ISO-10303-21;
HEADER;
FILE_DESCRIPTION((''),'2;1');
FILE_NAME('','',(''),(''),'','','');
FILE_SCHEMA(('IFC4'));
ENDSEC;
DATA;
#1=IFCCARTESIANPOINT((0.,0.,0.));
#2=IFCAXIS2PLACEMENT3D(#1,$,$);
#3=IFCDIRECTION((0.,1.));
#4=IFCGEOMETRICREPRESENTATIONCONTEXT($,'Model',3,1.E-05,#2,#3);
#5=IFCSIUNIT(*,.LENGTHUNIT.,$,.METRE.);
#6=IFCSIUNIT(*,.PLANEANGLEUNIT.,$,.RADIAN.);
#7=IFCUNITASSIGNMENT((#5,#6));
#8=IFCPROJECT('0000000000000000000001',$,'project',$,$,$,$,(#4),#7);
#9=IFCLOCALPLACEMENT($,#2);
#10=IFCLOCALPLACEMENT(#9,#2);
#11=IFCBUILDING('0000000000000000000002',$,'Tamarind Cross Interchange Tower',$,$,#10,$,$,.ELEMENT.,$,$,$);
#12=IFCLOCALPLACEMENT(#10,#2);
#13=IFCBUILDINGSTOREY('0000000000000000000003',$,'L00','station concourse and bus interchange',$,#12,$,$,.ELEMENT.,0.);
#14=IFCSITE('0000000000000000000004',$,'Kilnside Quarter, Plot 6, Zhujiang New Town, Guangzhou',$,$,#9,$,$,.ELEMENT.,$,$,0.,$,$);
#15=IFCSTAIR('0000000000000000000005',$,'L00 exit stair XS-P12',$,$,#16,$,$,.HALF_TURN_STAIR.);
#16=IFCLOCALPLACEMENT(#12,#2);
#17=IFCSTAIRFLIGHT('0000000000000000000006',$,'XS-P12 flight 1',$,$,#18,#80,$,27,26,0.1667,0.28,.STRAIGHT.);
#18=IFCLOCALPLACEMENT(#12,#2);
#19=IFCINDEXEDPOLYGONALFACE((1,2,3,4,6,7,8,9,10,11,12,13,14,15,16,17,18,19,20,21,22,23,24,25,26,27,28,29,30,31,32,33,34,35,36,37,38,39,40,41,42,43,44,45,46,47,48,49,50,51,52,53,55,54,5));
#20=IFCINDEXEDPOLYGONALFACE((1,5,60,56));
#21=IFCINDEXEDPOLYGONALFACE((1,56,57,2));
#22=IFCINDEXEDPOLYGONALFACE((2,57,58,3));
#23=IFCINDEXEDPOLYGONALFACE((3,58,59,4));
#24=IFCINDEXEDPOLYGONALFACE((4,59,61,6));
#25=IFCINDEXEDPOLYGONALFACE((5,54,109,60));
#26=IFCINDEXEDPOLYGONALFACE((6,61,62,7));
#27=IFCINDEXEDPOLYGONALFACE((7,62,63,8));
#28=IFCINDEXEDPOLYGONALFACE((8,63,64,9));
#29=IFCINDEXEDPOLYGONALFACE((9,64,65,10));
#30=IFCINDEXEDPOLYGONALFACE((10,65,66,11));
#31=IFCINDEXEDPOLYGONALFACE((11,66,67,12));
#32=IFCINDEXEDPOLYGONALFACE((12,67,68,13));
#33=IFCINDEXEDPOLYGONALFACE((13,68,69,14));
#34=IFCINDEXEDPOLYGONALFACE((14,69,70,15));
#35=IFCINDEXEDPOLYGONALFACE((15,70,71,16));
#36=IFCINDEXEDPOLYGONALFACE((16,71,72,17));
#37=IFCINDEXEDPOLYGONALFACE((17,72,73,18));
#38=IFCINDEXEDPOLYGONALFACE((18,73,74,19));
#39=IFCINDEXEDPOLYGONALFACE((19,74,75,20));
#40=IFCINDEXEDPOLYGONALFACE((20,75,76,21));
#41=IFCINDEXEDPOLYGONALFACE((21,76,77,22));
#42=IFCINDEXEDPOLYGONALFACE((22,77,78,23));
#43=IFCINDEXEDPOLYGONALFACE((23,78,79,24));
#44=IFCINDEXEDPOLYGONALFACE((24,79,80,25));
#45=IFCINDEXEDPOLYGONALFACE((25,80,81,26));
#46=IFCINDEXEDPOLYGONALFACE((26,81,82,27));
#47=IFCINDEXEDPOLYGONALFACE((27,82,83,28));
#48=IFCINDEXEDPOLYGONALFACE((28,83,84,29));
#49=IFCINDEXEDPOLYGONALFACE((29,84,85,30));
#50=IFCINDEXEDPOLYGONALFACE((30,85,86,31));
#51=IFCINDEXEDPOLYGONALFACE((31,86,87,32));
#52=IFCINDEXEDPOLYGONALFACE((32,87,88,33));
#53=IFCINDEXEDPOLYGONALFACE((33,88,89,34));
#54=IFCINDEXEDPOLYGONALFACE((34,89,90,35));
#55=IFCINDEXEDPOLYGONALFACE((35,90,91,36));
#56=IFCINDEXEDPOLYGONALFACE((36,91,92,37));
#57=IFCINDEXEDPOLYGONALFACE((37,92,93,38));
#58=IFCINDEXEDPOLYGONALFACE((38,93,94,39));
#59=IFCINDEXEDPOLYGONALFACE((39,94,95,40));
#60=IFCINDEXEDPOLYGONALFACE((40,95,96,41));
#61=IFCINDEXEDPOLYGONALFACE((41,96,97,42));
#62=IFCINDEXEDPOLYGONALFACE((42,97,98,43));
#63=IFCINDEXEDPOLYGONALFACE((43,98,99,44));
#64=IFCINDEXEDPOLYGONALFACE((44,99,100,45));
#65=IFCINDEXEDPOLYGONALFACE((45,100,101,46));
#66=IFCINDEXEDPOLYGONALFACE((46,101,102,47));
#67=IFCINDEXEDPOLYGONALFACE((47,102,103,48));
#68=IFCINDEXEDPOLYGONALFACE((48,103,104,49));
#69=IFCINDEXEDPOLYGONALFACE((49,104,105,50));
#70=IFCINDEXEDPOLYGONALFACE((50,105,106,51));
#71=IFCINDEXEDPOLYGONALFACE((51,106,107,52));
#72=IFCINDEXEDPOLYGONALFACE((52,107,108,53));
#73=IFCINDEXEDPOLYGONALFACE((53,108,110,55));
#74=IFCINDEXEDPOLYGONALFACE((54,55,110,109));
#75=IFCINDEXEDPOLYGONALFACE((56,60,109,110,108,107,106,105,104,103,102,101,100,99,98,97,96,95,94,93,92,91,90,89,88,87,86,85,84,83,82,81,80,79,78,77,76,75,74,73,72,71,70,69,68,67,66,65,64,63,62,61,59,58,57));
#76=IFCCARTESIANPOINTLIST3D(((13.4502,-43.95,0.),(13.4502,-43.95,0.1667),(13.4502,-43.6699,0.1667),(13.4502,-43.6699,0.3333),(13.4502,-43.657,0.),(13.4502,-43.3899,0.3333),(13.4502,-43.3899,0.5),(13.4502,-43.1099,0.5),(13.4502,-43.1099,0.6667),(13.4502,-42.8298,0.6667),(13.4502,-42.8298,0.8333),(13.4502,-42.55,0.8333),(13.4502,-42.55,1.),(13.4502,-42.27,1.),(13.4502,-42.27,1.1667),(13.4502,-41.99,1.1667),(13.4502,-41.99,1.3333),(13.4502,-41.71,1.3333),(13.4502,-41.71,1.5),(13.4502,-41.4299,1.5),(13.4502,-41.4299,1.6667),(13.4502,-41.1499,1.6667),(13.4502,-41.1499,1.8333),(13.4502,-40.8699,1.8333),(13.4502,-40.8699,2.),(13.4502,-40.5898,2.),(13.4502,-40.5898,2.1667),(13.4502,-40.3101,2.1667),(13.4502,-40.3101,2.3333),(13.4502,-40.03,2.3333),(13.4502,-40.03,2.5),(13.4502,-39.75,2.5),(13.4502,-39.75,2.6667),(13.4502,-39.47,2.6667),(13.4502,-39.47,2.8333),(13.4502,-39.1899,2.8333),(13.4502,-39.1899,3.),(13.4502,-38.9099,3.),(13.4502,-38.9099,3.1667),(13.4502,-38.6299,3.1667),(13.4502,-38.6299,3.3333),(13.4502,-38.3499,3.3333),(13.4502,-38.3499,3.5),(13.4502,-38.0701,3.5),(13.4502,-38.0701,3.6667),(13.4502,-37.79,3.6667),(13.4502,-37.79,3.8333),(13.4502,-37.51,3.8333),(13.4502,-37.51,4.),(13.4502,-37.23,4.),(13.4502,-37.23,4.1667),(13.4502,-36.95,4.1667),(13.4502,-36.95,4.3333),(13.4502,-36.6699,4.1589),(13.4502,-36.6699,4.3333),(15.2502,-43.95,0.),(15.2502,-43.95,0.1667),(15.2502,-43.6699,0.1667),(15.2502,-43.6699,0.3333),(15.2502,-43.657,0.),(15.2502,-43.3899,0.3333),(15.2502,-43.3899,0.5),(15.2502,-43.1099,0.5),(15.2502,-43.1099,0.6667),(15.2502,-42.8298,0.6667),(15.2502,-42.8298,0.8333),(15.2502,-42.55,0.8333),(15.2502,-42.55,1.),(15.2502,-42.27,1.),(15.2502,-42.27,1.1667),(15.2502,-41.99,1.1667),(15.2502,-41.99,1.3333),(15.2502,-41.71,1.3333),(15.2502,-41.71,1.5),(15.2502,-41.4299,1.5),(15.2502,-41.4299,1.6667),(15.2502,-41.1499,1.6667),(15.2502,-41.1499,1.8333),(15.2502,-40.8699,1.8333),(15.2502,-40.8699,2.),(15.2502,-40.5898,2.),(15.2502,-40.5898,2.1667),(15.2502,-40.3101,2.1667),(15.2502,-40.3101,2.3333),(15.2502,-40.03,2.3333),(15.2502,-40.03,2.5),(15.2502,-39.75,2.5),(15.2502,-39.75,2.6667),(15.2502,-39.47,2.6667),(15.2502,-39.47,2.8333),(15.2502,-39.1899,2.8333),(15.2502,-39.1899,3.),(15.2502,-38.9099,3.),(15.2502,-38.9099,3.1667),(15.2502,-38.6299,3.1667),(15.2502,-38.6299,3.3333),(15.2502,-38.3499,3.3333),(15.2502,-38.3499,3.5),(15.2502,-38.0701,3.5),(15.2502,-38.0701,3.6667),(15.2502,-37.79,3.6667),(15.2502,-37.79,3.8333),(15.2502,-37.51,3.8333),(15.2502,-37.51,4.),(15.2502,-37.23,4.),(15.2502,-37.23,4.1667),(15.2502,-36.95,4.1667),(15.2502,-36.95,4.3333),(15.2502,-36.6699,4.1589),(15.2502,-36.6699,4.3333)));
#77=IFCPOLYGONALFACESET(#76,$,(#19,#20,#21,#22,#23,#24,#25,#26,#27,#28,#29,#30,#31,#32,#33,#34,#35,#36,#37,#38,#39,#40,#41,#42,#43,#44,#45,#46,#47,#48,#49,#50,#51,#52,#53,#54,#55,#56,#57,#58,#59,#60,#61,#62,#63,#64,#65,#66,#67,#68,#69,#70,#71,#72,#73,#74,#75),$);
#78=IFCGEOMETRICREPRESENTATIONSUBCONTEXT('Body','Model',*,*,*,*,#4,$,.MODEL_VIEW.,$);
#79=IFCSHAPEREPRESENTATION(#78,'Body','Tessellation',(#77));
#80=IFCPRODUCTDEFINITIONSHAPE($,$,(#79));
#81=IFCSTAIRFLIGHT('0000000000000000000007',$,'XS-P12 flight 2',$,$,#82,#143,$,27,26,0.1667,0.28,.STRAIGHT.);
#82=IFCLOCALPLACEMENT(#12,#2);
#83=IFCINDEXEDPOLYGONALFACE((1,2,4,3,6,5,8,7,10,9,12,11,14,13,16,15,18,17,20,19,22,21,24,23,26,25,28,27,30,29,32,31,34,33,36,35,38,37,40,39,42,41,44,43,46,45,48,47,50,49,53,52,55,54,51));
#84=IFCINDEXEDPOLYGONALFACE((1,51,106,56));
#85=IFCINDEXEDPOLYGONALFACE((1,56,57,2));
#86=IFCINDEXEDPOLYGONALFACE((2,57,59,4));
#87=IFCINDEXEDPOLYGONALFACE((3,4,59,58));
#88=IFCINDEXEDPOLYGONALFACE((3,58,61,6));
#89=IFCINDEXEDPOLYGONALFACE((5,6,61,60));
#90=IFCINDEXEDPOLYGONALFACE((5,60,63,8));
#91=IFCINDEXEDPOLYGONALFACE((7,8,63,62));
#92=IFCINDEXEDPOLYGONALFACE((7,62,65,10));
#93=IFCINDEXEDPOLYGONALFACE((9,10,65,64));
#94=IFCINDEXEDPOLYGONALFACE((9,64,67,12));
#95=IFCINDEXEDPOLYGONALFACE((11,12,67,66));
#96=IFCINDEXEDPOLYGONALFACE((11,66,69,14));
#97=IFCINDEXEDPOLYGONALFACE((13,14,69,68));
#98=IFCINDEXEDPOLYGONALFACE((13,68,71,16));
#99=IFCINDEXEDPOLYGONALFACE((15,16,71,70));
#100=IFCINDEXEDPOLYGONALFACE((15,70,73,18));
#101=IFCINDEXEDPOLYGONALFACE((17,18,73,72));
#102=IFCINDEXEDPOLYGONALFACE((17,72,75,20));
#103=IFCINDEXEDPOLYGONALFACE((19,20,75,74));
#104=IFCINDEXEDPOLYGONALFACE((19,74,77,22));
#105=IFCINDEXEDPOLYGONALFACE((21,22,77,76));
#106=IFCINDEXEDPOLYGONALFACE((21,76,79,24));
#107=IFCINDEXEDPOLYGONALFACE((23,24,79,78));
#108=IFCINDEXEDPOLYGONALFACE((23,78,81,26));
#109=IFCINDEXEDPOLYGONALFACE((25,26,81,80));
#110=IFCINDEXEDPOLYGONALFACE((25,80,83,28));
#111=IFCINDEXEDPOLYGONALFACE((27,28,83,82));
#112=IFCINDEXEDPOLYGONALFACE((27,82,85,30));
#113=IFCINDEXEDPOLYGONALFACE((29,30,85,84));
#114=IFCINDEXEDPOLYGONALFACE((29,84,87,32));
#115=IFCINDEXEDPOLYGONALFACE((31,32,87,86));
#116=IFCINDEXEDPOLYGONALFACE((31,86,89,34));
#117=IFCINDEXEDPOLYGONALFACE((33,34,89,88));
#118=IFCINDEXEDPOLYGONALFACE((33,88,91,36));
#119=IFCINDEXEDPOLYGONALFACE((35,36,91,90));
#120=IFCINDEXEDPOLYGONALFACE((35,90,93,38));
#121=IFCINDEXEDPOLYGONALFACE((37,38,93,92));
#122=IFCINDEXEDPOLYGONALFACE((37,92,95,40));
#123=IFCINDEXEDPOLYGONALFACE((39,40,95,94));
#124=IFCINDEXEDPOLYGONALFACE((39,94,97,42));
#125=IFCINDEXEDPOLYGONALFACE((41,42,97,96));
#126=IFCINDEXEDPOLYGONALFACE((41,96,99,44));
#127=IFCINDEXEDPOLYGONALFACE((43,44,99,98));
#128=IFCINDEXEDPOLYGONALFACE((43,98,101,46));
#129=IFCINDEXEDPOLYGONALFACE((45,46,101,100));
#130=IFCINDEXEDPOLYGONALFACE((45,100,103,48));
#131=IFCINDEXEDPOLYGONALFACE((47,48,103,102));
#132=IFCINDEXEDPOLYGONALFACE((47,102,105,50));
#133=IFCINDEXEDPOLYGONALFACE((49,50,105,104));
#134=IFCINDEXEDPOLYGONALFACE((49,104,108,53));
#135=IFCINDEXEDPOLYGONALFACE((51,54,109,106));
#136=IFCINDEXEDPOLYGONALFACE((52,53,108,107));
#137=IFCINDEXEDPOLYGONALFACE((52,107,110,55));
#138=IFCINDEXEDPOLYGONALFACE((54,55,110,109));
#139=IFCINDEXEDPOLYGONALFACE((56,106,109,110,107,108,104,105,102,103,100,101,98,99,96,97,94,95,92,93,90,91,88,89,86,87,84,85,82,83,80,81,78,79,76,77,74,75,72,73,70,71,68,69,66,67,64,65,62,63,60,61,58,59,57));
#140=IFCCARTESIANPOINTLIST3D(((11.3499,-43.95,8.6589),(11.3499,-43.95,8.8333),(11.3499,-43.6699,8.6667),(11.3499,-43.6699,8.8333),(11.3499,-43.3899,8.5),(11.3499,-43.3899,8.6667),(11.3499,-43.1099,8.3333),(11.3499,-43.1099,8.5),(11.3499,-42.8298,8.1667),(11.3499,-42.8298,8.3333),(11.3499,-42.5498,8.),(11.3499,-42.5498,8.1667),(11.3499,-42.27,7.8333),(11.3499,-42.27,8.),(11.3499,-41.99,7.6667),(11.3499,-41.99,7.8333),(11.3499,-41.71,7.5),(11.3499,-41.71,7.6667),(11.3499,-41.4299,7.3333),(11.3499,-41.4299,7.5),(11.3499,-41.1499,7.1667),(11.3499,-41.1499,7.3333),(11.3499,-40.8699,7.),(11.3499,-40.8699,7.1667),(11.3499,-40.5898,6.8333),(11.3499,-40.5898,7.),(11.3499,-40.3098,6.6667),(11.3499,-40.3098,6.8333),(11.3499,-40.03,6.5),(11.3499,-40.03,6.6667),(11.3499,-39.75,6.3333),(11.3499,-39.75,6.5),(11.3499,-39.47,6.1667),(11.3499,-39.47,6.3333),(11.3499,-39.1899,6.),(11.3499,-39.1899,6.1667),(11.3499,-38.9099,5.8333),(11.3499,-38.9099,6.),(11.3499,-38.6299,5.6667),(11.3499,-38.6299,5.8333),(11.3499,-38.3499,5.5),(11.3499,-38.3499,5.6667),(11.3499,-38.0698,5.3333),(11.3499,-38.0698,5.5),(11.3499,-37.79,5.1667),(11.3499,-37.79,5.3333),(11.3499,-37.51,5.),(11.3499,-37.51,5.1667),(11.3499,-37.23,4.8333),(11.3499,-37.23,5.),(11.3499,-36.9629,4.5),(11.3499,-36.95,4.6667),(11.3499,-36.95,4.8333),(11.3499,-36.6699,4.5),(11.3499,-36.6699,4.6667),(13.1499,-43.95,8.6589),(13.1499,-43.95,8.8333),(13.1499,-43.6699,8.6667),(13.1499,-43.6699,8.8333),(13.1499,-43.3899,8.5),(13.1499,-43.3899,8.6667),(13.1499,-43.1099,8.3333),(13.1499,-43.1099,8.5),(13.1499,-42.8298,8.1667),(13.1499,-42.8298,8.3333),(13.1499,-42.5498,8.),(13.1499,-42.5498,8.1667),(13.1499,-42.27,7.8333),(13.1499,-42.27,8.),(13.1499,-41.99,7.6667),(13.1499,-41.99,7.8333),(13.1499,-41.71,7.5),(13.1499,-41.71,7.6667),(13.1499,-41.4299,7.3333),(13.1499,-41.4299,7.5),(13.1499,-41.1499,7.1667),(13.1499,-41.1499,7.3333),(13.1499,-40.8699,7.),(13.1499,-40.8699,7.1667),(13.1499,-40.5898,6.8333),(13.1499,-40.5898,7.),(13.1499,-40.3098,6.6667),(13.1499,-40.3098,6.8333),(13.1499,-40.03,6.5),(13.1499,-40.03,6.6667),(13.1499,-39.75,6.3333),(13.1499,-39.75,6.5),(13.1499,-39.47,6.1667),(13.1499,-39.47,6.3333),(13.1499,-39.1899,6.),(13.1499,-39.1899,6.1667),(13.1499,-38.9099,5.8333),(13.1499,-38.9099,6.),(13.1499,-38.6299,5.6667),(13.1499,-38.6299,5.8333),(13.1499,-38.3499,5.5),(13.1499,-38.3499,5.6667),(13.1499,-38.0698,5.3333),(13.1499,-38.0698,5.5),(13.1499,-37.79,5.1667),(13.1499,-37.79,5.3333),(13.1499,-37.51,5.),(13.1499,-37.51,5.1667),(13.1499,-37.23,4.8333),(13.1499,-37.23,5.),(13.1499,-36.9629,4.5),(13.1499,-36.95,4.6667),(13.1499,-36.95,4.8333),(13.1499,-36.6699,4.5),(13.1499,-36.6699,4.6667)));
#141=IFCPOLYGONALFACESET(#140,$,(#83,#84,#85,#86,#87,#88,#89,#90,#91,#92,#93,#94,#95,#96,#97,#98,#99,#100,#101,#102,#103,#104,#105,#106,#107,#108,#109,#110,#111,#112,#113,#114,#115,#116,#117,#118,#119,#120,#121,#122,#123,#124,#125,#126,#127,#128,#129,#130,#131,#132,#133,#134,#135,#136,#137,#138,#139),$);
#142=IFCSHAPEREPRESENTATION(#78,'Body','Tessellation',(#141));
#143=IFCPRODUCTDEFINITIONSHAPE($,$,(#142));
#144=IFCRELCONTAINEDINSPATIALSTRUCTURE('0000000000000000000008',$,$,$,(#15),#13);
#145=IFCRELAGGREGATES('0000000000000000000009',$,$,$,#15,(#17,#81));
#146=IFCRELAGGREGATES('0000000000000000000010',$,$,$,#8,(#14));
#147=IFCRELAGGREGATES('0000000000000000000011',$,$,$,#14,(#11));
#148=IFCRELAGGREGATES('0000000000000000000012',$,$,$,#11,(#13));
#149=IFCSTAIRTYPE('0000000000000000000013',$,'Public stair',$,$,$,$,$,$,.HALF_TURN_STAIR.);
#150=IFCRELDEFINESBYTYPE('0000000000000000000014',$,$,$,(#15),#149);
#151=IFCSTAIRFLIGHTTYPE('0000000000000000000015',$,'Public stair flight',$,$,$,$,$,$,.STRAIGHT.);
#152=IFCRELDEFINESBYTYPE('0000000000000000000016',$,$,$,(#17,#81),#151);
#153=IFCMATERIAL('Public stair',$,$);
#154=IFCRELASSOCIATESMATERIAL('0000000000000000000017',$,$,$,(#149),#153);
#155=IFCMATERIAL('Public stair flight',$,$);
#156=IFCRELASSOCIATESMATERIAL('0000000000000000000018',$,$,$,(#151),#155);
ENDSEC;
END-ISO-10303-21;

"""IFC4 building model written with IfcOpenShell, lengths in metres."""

from ifc_helpers import new_model, si_unit, direction, frame, origin, place, context, subcontext, project, spatial, polyline, outline, extrude, material, type_object, element, aggregate, save


model = new_model("IFC4")

# Units and contexts
model_context = context("Model", 3, precision=1e-05, world=origin(), true_north=direction((0.0, 1.0)))
body_context = subcontext(model_context, "Body", "Model", "MODEL_VIEW")
ifc_project = project(units=[si_unit("LENGTHUNIT", "METRE"), si_unit("PLANEANGLEUNIT", "RADIAN")], contexts=[model_context])

# Site, building, storey
site_placement = place(None, origin())
site = spatial("IfcSite", under=ifc_project, at=site_placement, Name="Kilnside Quarter, Plot 6, Zhujiang New Town, Guangzhou", CompositionType="ELEMENT", RefElevation=0.0)
building_placement = place(site_placement, origin())
building = spatial("IfcBuilding", under=site, at=building_placement, Name="Tamarind Cross Interchange Tower", CompositionType="ELEMENT")
storey_placement = place(building_placement, origin())
storey = spatial("IfcBuildingStorey", under=building, at=storey_placement, Name="L00", Description="station concourse and bus interchange", CompositionType="ELEMENT", Elevation=0.0)

# Stair, stair flights
ifc_material_1 = material(Name="Public stair")
stair_type = type_object("IfcStairType", Name="Public stair", PredefinedType="HALF_TURN_STAIR", material=ifc_material_1)
stair_placement = place(storey_placement, origin())
stair = element("IfcStair", 1, at=stair_placement, inside=storey, type_object=stair_type, Name="L00 exit stair XS-P12", PredefinedType="HALF_TURN_STAIR")
ifc_material_2 = material(Name="Public stair flight")
stair_flight_type = type_object("IfcStairFlightType", Name="Public stair flight", PredefinedType="STRAIGHT", material=ifc_material_2)
stair_flight_1_placement = place(storey_placement, frame((14.3501, -43.95, 0.0), z_axis=(0.0, 0.0, 1.0), x_axis=(0.0, 1.0, 0.0)))
stair_flight_1 = element("IfcStairFlight", 2, at=stair_flight_1_placement, type_object=stair_flight_type, Name="XS-P12 flight 1", NumberOfRisers=27, NumberOfTreads=26, PredefinedType="STRAIGHT", RiserHeight=0.1667, TreadLength=0.28, context=body_context, shape_type="SweptSolid", body=[
    extrude(outline(polyline([(0.0, 0.0), (0.0, 0.1667), (0.28, 0.1667), (0.28, 0.3333), (0.5601, 0.3333), (0.5601, 0.5), (0.8401, 0.5), (0.8401, 0.6667), (1.1201, 0.6667), (1.1201, 0.8333), (1.3999, 0.8333), (1.3999, 1.0), (1.6799, 1.0), (1.6799, 1.1667), (1.96, 1.1667), (1.96, 1.3333), (2.24, 1.3333), (2.24, 1.5), (2.52, 1.5), (2.52, 1.6667), (2.8, 1.6667), (2.8, 1.8333), (3.0801, 1.8333), (3.0801, 2.0), (3.3601, 2.0), (3.3601, 2.1667), (3.6399, 2.1667), (3.6399, 2.3333), (3.9199, 2.3333), (3.9199, 2.5), (4.2, 2.5), (4.2, 2.6667), (4.48, 2.6667), (4.48, 2.8333), (4.76, 2.8333), (4.76, 3.0), (5.04, 3.0), (5.04, 3.1667), (5.3201, 3.1667), (5.3201, 3.3333), (5.6001, 3.3333), (5.6001, 3.5), (5.8799, 3.5), (5.8799, 3.6667), (6.1599, 3.6667), (6.1599, 3.8333), (6.4399, 3.8333), (6.4399, 4.0), (6.72, 4.0), (6.72, 4.1667), (7.0, 4.1667), (7.0, 4.3333), (7.28, 4.3333), (7.28, 4.5), (7.28, 4.1589), (0.293, 0.0), (0.0, 0.0)])), frame((0.0, 0.8999, 0.0), z_axis=(0.0, -1.0, 0.0), x_axis=(1.0, 0.0, 0.0)), (0.0, 0.0, 1.0), 1.8),
])
stair_flight_2_placement = place(storey_placement, frame((12.25, -36.6699, 4.5), z_axis=(0.0, 0.0, 1.0), x_axis=(0.0, -1.0, 0.0)))
stair_flight_2 = element("IfcStairFlight", 3, at=stair_flight_2_placement, type_object=stair_flight_type, Name="XS-P12 flight 2", NumberOfRisers=27, NumberOfTreads=26, PredefinedType="STRAIGHT", RiserHeight=0.1667, TreadLength=0.28, context=body_context, shape_type="SweptSolid", body=[
    extrude(outline(polyline([(0.0, 0.0), (0.0, 0.1667), (0.28, 0.1667), (0.28, 0.3333), (0.5601, 0.3333), (0.5601, 0.5), (0.8401, 0.5), (0.8401, 0.6667), (1.1201, 0.6667), (1.1201, 0.8333), (1.3999, 0.8333), (1.3999, 1.0), (1.6799, 1.0), (1.6799, 1.1667), (1.96, 1.1667), (1.96, 1.3333), (2.24, 1.3333), (2.24, 1.5), (2.52, 1.5), (2.52, 1.6667), (2.8, 1.6667), (2.8, 1.8333), (3.0801, 1.8333), (3.0801, 2.0), (3.3601, 2.0), (3.3601, 2.1667), (3.6399, 2.1667), (3.6399, 2.3333), (3.9199, 2.3333), (3.9199, 2.5), (4.2, 2.5), (4.2, 2.6667), (4.48, 2.6667), (4.48, 2.8333), (4.76, 2.8333), (4.76, 3.0), (5.04, 3.0), (5.04, 3.1667), (5.3201, 3.1667), (5.3201, 3.3333), (5.6001, 3.3333), (5.6001, 3.5), (5.8799, 3.5), (5.8799, 3.6667), (6.1599, 3.6667), (6.1599, 3.8333), (6.4399, 3.8333), (6.4399, 4.0), (6.72, 4.0), (6.72, 4.1667), (7.0, 4.1667), (7.0, 4.3333), (7.28, 4.3333), (7.28, 4.5), (7.28, 4.1589), (0.293, 0.0), (0.0, 0.0)])), frame((0.0, 0.8999, 0.0), z_axis=(0.0, -1.0, 0.0), x_axis=(1.0, 0.0, 0.0)), (0.0, 0.0, 1.0), 1.8),
])
aggregate(stair, [stair_flight_1, stair_flight_2])

save(model, "model.ifc")
